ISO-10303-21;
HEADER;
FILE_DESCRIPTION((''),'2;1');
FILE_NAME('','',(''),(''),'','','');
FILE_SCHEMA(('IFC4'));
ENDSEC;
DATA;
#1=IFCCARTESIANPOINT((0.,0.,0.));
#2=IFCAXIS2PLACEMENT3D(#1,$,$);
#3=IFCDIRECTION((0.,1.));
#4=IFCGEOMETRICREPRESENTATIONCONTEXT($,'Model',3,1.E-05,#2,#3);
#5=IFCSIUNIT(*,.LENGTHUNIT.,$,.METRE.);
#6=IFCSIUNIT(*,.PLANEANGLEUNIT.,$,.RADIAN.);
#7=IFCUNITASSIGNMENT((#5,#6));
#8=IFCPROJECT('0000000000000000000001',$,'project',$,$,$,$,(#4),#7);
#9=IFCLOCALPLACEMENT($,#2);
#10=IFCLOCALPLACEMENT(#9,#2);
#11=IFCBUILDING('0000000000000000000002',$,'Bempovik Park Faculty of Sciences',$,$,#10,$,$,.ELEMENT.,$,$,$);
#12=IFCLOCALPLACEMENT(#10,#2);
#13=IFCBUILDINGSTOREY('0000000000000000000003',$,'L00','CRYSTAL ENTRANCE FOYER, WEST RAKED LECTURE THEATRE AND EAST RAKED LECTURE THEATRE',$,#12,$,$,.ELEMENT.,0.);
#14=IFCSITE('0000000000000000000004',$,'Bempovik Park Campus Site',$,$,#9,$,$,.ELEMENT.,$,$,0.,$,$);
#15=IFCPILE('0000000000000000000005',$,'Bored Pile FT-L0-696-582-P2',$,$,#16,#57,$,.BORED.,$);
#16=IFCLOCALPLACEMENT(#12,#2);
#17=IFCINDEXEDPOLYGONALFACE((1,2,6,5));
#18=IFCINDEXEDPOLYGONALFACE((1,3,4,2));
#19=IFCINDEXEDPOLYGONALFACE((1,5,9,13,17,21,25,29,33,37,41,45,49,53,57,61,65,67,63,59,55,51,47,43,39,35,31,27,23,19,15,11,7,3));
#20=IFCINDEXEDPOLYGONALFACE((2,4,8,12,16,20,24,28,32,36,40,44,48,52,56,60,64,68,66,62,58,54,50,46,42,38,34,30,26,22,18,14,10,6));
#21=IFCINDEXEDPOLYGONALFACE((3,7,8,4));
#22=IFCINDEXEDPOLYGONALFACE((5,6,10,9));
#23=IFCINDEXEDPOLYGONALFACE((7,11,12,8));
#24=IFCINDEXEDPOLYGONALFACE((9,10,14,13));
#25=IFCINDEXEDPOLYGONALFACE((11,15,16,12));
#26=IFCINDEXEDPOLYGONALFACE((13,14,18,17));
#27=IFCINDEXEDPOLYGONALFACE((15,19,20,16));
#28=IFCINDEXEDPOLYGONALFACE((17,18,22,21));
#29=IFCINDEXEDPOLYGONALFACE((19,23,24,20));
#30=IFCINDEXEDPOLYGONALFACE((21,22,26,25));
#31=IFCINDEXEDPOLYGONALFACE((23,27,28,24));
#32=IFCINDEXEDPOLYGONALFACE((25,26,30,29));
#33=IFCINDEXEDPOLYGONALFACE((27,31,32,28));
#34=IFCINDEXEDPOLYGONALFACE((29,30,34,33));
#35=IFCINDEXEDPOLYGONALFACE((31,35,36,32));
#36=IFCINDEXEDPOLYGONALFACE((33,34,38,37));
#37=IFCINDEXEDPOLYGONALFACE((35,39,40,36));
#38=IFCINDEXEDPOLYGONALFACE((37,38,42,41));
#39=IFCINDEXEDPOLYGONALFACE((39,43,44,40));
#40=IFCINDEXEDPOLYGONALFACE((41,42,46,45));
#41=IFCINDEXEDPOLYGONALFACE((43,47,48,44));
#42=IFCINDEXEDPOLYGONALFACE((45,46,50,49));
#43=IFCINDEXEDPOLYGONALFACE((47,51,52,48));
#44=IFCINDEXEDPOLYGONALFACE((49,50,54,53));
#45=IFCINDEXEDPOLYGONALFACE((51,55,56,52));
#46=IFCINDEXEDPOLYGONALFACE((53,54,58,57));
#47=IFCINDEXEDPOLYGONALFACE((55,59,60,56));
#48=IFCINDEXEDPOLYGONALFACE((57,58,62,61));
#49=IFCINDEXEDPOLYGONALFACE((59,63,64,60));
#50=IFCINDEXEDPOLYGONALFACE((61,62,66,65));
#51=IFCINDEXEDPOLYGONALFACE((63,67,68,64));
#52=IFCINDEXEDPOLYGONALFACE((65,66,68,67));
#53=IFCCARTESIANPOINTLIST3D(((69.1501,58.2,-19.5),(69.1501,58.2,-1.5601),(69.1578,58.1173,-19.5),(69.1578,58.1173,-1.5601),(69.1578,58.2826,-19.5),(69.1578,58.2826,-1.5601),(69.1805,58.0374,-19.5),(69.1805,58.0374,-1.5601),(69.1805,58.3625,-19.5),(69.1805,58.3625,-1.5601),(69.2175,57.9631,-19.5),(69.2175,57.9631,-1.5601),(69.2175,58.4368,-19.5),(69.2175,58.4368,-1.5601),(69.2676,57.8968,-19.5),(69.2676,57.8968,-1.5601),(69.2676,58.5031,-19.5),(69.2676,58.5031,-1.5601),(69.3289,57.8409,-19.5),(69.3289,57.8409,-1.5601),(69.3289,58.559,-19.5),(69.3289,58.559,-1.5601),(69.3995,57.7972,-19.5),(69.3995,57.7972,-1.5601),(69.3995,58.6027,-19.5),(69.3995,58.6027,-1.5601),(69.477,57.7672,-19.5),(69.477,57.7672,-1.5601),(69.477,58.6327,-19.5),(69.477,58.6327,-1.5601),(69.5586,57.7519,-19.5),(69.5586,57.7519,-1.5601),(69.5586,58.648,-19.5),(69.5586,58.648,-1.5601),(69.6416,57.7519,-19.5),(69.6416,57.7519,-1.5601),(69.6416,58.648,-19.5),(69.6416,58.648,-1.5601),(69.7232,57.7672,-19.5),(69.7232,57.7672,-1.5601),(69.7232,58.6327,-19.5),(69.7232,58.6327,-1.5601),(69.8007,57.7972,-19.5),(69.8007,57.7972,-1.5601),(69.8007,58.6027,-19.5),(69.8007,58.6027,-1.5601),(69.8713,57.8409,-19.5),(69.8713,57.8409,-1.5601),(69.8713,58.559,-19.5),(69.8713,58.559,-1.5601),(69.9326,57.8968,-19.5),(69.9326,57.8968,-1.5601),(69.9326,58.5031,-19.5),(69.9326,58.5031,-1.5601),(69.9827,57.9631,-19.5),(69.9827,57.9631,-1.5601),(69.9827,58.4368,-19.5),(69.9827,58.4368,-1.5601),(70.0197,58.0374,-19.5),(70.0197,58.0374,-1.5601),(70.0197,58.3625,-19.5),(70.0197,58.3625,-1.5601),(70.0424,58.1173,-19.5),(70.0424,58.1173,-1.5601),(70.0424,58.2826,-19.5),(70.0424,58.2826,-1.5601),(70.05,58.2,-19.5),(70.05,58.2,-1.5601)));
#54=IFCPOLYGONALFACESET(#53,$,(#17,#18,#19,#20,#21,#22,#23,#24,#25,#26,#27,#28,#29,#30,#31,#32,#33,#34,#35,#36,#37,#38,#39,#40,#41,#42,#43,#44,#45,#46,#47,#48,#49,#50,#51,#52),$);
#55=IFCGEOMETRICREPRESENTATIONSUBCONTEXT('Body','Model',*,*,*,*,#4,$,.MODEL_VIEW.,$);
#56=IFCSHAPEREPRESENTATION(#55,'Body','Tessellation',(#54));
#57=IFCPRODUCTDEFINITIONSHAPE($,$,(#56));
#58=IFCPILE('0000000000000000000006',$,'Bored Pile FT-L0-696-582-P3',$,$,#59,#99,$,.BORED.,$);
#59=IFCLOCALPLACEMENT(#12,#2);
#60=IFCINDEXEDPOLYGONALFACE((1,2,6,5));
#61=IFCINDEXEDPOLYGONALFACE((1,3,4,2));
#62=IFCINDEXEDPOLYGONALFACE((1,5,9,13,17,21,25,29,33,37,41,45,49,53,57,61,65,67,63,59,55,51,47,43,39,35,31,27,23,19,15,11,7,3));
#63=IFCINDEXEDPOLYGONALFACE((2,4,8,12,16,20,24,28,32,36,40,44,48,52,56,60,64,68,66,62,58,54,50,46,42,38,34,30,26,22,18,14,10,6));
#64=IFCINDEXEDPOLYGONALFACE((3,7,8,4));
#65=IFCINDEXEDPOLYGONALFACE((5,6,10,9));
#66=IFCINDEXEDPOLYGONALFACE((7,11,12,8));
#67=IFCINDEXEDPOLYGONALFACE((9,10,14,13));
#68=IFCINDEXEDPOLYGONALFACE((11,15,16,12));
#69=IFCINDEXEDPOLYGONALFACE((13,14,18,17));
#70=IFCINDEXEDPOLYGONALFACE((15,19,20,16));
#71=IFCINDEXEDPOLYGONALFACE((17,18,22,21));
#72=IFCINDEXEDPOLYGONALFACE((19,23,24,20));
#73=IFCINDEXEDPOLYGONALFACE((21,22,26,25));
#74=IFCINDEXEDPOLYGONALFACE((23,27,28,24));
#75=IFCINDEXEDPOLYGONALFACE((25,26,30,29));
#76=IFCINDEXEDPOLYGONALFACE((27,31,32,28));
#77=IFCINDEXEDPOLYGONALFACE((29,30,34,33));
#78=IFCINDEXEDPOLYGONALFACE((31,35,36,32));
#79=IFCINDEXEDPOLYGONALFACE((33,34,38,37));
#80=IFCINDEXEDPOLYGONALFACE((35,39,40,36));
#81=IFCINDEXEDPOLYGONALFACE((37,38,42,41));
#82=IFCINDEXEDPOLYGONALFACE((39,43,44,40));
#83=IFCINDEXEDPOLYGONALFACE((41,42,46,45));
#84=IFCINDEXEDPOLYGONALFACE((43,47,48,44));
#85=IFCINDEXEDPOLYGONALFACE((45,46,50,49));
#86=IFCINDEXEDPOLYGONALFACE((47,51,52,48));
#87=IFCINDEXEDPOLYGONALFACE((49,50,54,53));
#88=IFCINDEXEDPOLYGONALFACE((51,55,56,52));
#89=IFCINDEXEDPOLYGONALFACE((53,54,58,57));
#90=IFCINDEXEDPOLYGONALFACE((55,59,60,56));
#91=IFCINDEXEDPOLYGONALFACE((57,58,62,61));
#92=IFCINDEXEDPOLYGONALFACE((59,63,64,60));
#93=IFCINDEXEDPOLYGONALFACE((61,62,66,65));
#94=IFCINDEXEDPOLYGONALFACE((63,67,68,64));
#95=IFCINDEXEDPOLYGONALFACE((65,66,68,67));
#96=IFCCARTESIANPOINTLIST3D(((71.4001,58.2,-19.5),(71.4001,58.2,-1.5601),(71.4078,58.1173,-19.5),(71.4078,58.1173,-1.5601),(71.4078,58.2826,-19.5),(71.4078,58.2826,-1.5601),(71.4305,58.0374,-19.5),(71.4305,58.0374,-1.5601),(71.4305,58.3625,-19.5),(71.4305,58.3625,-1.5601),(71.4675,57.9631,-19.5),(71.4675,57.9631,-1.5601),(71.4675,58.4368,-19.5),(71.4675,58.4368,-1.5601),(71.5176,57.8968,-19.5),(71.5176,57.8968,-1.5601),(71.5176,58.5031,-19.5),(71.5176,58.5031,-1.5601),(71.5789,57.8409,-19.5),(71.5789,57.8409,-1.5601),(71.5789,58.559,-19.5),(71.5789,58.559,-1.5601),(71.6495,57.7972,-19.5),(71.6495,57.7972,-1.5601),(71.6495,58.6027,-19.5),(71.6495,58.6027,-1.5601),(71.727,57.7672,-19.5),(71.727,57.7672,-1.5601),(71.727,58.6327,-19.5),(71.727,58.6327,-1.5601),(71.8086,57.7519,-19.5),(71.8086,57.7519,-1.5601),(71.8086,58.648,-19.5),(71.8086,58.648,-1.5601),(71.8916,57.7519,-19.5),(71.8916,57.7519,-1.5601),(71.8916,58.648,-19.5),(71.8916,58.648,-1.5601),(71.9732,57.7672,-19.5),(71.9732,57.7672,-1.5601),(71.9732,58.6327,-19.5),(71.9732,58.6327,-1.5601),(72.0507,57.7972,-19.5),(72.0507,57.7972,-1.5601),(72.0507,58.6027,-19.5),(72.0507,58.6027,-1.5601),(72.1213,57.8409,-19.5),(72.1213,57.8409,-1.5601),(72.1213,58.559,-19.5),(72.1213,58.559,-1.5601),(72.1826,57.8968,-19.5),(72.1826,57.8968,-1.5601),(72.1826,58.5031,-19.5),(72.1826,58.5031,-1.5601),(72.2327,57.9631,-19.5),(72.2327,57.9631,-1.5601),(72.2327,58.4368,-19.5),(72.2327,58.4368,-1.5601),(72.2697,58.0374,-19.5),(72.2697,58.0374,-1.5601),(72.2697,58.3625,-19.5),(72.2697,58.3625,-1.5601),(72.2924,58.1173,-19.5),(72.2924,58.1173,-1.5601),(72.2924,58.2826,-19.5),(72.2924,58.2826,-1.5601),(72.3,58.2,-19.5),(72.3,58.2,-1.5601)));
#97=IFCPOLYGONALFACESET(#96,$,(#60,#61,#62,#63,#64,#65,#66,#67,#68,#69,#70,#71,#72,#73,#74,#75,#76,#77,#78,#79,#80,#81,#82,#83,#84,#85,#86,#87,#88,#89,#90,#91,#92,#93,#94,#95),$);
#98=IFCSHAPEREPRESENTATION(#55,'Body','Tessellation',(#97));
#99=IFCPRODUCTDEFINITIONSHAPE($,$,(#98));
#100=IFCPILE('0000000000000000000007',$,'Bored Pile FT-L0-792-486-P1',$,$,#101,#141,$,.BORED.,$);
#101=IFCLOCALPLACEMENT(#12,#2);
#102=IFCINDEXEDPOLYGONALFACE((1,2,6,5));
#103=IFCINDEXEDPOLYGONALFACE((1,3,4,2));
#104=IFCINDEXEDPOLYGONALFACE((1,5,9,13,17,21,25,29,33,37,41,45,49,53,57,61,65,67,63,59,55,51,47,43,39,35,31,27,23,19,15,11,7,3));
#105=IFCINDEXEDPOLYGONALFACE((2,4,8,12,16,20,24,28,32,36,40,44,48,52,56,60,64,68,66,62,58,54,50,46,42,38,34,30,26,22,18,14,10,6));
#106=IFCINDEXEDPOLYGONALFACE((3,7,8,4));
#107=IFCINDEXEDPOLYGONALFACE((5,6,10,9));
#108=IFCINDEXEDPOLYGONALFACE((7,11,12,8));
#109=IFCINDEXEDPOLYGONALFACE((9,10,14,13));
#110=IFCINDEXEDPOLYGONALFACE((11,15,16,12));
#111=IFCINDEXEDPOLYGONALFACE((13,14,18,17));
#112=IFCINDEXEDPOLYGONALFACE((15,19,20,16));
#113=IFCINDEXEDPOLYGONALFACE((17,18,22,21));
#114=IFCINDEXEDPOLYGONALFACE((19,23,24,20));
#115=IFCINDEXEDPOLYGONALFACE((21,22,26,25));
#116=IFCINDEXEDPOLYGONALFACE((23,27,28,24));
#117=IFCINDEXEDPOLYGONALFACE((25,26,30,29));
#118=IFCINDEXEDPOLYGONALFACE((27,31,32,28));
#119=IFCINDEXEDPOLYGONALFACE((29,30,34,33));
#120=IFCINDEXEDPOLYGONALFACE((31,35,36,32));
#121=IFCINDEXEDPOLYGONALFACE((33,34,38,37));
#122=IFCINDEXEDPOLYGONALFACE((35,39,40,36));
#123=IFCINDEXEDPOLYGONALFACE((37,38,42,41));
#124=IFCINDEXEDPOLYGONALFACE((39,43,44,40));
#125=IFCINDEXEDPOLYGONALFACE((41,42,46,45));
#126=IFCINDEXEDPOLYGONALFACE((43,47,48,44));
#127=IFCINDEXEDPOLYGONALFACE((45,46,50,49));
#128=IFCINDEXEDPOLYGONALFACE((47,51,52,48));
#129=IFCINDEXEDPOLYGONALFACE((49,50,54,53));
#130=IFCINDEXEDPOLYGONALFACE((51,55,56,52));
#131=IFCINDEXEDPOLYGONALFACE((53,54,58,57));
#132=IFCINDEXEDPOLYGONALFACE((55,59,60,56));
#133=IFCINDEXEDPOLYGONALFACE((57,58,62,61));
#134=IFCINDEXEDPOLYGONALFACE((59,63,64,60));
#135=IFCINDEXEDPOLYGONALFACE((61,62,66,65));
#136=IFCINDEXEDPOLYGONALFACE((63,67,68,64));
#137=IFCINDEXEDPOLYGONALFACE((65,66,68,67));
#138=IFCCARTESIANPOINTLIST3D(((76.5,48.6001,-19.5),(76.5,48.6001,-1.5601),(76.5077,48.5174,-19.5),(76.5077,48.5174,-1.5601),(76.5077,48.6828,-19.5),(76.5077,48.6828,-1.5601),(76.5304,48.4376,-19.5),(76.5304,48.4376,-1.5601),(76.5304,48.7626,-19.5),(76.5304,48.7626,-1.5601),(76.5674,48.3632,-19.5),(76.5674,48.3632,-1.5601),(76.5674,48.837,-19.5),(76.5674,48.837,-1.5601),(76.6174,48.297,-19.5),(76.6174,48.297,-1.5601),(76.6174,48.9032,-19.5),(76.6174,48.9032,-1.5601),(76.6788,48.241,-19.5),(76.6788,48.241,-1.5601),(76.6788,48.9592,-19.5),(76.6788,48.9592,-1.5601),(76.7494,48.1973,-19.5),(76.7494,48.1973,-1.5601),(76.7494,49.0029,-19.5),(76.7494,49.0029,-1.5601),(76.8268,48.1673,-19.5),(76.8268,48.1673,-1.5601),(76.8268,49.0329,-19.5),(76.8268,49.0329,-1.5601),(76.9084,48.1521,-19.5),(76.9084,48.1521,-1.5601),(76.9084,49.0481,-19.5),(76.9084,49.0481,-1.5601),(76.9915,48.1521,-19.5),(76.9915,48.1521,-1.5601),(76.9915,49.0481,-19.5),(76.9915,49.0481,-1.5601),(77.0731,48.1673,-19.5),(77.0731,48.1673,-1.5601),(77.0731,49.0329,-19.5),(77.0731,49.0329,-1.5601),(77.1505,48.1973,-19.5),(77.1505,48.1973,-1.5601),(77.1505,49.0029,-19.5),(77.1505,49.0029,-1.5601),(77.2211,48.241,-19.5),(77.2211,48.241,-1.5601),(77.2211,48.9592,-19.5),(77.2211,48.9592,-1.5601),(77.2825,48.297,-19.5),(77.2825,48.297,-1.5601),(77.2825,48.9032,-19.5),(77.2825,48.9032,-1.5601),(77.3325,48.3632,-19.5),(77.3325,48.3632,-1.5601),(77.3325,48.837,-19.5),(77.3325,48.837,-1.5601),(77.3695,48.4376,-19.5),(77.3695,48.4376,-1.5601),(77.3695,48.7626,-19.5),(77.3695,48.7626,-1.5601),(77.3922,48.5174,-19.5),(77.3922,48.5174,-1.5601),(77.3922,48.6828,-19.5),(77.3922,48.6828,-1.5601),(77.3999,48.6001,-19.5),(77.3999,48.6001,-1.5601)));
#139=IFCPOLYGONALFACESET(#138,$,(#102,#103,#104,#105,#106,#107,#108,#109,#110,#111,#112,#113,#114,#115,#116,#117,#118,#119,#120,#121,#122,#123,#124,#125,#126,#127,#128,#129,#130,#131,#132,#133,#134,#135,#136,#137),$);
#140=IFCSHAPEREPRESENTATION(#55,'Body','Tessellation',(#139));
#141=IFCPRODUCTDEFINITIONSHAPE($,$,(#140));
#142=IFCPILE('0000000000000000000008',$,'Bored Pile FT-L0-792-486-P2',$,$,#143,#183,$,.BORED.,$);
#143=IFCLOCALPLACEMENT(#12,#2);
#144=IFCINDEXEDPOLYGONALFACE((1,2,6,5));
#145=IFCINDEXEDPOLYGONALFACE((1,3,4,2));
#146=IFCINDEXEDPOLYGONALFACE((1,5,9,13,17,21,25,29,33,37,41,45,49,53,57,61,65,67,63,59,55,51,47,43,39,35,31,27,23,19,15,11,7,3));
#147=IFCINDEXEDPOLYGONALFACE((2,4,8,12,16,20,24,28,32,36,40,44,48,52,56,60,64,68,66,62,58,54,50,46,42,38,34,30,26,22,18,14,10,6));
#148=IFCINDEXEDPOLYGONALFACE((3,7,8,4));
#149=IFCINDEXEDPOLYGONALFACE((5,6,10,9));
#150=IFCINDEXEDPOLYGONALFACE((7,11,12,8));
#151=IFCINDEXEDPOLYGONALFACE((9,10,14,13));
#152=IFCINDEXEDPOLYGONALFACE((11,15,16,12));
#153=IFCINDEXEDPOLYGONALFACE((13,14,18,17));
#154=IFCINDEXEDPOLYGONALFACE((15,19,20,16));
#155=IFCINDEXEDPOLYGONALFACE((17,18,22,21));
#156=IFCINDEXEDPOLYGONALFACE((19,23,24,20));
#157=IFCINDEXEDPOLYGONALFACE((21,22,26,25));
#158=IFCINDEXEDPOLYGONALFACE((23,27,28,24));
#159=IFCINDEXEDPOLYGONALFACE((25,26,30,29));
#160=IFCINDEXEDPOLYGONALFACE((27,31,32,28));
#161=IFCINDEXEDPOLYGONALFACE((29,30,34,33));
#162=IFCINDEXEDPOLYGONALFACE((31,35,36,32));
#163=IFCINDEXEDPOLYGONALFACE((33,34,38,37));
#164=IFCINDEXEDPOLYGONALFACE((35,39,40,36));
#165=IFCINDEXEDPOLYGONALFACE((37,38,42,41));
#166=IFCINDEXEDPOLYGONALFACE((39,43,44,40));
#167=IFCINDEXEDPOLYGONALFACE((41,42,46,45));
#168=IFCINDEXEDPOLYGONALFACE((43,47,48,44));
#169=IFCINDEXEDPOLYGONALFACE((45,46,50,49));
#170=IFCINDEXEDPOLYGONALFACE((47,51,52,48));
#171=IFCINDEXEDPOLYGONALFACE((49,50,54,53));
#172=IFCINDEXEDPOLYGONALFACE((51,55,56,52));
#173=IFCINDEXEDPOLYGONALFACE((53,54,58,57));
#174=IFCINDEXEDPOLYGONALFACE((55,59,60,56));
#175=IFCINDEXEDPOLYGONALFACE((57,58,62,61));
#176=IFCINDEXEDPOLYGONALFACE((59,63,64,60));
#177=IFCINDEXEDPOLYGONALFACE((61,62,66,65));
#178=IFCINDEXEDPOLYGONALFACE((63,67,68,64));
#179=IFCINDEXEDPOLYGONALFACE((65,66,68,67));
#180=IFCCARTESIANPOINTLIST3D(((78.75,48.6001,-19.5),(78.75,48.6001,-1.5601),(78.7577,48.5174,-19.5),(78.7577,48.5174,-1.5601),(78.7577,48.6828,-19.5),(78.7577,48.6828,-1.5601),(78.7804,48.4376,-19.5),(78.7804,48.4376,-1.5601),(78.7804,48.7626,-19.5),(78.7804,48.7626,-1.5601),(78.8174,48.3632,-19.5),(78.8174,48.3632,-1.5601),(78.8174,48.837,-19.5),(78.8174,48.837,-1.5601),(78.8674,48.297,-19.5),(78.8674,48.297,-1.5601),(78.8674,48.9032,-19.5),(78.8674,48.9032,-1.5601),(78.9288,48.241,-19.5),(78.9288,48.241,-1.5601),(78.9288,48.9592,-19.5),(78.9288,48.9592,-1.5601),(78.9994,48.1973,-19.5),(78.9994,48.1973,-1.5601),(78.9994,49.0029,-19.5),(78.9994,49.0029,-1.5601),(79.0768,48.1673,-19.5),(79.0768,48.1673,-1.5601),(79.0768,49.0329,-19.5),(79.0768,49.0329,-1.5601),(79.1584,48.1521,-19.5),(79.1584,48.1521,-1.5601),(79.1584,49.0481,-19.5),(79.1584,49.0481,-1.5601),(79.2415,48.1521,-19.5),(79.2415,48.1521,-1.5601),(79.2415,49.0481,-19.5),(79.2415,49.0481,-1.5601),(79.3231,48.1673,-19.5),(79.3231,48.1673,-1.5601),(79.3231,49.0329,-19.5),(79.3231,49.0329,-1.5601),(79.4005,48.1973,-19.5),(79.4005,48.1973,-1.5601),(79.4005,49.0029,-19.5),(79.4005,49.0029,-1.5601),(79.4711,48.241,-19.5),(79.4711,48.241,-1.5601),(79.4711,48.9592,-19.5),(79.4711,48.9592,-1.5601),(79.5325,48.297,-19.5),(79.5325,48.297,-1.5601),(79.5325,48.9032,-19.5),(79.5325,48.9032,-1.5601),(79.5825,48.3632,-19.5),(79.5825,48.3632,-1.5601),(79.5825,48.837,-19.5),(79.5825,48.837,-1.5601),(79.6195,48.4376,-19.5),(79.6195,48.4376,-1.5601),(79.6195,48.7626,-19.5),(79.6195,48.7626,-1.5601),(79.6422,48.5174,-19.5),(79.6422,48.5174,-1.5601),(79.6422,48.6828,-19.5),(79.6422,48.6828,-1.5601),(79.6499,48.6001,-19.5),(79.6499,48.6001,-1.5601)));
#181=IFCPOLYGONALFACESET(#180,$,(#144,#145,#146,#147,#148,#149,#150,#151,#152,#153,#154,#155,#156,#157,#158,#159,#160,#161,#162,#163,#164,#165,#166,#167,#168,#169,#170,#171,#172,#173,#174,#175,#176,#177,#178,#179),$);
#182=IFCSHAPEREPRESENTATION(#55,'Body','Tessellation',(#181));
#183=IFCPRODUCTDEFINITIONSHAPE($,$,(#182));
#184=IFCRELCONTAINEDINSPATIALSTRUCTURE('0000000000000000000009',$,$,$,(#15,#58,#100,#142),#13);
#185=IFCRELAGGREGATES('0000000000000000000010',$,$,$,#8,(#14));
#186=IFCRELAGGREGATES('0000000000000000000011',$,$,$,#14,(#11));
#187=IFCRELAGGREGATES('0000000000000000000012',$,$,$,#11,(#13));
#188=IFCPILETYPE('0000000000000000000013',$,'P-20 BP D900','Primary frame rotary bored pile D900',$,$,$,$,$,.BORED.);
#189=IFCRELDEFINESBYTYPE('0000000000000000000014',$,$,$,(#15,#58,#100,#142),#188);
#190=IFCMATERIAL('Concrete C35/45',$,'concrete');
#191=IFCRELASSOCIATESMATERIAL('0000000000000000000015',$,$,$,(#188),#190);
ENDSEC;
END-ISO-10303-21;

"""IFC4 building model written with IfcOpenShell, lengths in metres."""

from ifc_helpers import new_model, si_unit, direction, frame, origin, origin_2d, place, context, subcontext, project, spatial, circle, extrude, material, material_profile, profile_set, type_object, element, save


model = new_model("IFC4")

# Units and contexts
model_context = context("Model", 3, precision=1e-05, world=origin(), true_north=direction((0.0, 1.0)))
body_context = subcontext(model_context, "Body", "Model", "MODEL_VIEW")
ifc_project = project(units=[si_unit("LENGTHUNIT", "METRE"), si_unit("PLANEANGLEUNIT", "RADIAN")], contexts=[model_context])

# Site, building, storey
site_placement = place(None, origin())
site = spatial("IfcSite", under=ifc_project, at=site_placement, Name="Bempovik Park Campus Site", CompositionType="ELEMENT", RefElevation=0.0)
building_placement = place(site_placement, origin())
building = spatial("IfcBuilding", under=site, at=building_placement, Name="Bempovik Park Faculty of Sciences", CompositionType="ELEMENT")
storey_placement = place(building_placement, origin())
storey = spatial("IfcBuildingStorey", under=building, at=storey_placement, Name="L00", Description="CRYSTAL ENTRANCE FOYER, WEST RAKED LECTURE THEATRE AND EAST RAKED LECTURE THEATRE", CompositionType="ELEMENT", Elevation=0.0)

# Shared definitions
ifc_material_1 = material(Name="Concrete C35/45", Category="concrete")

# Piles
ifc_material_profile_1 = material_profile(ifc_material_1, circle(Radius=0.45, at=origin_2d()), Name="BP D900")
ifc_profile_set_1 = profile_set([ifc_material_profile_1], Name="Concrete C35/45")
pile_type = type_object("IfcPileType", Name="P-20 BP D900", Description="Primary frame rotary bored pile D900", PredefinedType="BORED", material=ifc_profile_set_1)
for number, where, z_axis, x_axis, name in (
    (1, (69.6001, 58.2, -1.5601), (0.0, 0.0, -1.0), (1.0, 0.0, 0.0), "Bored Pile FT-L0-696-582-P2"),
    (2, (71.8501, 58.2, -1.5601), (0.0, 0.0, -1.0), (1.0, 0.0, 0.0), "Bored Pile FT-L0-696-582-P3"),
    (3, (76.95, 48.6001, -1.5601), (0.0, 0.0, -1.0), (1.0, 0.0, 0.0), "Bored Pile FT-L0-792-486-P1"),
    (4, (79.2, 48.6001, -1.5601), (0.0, 0.0, -1.0), (1.0, 0.0, 0.0), "Bored Pile FT-L0-792-486-P2"),
):
    element("IfcPile", number, at=place(storey_placement, frame(where, z_axis=z_axis, x_axis=x_axis)), inside=storey, type_object=pile_type, Name=name, PredefinedType="BORED", context=body_context, shape_type="SweptSolid", body=[
        extrude(circle(Radius=0.45, at=origin_2d()), origin(), (0.0, 0.0, 1.0), 17.9399),
    ])

save(model, "model.ifc")
